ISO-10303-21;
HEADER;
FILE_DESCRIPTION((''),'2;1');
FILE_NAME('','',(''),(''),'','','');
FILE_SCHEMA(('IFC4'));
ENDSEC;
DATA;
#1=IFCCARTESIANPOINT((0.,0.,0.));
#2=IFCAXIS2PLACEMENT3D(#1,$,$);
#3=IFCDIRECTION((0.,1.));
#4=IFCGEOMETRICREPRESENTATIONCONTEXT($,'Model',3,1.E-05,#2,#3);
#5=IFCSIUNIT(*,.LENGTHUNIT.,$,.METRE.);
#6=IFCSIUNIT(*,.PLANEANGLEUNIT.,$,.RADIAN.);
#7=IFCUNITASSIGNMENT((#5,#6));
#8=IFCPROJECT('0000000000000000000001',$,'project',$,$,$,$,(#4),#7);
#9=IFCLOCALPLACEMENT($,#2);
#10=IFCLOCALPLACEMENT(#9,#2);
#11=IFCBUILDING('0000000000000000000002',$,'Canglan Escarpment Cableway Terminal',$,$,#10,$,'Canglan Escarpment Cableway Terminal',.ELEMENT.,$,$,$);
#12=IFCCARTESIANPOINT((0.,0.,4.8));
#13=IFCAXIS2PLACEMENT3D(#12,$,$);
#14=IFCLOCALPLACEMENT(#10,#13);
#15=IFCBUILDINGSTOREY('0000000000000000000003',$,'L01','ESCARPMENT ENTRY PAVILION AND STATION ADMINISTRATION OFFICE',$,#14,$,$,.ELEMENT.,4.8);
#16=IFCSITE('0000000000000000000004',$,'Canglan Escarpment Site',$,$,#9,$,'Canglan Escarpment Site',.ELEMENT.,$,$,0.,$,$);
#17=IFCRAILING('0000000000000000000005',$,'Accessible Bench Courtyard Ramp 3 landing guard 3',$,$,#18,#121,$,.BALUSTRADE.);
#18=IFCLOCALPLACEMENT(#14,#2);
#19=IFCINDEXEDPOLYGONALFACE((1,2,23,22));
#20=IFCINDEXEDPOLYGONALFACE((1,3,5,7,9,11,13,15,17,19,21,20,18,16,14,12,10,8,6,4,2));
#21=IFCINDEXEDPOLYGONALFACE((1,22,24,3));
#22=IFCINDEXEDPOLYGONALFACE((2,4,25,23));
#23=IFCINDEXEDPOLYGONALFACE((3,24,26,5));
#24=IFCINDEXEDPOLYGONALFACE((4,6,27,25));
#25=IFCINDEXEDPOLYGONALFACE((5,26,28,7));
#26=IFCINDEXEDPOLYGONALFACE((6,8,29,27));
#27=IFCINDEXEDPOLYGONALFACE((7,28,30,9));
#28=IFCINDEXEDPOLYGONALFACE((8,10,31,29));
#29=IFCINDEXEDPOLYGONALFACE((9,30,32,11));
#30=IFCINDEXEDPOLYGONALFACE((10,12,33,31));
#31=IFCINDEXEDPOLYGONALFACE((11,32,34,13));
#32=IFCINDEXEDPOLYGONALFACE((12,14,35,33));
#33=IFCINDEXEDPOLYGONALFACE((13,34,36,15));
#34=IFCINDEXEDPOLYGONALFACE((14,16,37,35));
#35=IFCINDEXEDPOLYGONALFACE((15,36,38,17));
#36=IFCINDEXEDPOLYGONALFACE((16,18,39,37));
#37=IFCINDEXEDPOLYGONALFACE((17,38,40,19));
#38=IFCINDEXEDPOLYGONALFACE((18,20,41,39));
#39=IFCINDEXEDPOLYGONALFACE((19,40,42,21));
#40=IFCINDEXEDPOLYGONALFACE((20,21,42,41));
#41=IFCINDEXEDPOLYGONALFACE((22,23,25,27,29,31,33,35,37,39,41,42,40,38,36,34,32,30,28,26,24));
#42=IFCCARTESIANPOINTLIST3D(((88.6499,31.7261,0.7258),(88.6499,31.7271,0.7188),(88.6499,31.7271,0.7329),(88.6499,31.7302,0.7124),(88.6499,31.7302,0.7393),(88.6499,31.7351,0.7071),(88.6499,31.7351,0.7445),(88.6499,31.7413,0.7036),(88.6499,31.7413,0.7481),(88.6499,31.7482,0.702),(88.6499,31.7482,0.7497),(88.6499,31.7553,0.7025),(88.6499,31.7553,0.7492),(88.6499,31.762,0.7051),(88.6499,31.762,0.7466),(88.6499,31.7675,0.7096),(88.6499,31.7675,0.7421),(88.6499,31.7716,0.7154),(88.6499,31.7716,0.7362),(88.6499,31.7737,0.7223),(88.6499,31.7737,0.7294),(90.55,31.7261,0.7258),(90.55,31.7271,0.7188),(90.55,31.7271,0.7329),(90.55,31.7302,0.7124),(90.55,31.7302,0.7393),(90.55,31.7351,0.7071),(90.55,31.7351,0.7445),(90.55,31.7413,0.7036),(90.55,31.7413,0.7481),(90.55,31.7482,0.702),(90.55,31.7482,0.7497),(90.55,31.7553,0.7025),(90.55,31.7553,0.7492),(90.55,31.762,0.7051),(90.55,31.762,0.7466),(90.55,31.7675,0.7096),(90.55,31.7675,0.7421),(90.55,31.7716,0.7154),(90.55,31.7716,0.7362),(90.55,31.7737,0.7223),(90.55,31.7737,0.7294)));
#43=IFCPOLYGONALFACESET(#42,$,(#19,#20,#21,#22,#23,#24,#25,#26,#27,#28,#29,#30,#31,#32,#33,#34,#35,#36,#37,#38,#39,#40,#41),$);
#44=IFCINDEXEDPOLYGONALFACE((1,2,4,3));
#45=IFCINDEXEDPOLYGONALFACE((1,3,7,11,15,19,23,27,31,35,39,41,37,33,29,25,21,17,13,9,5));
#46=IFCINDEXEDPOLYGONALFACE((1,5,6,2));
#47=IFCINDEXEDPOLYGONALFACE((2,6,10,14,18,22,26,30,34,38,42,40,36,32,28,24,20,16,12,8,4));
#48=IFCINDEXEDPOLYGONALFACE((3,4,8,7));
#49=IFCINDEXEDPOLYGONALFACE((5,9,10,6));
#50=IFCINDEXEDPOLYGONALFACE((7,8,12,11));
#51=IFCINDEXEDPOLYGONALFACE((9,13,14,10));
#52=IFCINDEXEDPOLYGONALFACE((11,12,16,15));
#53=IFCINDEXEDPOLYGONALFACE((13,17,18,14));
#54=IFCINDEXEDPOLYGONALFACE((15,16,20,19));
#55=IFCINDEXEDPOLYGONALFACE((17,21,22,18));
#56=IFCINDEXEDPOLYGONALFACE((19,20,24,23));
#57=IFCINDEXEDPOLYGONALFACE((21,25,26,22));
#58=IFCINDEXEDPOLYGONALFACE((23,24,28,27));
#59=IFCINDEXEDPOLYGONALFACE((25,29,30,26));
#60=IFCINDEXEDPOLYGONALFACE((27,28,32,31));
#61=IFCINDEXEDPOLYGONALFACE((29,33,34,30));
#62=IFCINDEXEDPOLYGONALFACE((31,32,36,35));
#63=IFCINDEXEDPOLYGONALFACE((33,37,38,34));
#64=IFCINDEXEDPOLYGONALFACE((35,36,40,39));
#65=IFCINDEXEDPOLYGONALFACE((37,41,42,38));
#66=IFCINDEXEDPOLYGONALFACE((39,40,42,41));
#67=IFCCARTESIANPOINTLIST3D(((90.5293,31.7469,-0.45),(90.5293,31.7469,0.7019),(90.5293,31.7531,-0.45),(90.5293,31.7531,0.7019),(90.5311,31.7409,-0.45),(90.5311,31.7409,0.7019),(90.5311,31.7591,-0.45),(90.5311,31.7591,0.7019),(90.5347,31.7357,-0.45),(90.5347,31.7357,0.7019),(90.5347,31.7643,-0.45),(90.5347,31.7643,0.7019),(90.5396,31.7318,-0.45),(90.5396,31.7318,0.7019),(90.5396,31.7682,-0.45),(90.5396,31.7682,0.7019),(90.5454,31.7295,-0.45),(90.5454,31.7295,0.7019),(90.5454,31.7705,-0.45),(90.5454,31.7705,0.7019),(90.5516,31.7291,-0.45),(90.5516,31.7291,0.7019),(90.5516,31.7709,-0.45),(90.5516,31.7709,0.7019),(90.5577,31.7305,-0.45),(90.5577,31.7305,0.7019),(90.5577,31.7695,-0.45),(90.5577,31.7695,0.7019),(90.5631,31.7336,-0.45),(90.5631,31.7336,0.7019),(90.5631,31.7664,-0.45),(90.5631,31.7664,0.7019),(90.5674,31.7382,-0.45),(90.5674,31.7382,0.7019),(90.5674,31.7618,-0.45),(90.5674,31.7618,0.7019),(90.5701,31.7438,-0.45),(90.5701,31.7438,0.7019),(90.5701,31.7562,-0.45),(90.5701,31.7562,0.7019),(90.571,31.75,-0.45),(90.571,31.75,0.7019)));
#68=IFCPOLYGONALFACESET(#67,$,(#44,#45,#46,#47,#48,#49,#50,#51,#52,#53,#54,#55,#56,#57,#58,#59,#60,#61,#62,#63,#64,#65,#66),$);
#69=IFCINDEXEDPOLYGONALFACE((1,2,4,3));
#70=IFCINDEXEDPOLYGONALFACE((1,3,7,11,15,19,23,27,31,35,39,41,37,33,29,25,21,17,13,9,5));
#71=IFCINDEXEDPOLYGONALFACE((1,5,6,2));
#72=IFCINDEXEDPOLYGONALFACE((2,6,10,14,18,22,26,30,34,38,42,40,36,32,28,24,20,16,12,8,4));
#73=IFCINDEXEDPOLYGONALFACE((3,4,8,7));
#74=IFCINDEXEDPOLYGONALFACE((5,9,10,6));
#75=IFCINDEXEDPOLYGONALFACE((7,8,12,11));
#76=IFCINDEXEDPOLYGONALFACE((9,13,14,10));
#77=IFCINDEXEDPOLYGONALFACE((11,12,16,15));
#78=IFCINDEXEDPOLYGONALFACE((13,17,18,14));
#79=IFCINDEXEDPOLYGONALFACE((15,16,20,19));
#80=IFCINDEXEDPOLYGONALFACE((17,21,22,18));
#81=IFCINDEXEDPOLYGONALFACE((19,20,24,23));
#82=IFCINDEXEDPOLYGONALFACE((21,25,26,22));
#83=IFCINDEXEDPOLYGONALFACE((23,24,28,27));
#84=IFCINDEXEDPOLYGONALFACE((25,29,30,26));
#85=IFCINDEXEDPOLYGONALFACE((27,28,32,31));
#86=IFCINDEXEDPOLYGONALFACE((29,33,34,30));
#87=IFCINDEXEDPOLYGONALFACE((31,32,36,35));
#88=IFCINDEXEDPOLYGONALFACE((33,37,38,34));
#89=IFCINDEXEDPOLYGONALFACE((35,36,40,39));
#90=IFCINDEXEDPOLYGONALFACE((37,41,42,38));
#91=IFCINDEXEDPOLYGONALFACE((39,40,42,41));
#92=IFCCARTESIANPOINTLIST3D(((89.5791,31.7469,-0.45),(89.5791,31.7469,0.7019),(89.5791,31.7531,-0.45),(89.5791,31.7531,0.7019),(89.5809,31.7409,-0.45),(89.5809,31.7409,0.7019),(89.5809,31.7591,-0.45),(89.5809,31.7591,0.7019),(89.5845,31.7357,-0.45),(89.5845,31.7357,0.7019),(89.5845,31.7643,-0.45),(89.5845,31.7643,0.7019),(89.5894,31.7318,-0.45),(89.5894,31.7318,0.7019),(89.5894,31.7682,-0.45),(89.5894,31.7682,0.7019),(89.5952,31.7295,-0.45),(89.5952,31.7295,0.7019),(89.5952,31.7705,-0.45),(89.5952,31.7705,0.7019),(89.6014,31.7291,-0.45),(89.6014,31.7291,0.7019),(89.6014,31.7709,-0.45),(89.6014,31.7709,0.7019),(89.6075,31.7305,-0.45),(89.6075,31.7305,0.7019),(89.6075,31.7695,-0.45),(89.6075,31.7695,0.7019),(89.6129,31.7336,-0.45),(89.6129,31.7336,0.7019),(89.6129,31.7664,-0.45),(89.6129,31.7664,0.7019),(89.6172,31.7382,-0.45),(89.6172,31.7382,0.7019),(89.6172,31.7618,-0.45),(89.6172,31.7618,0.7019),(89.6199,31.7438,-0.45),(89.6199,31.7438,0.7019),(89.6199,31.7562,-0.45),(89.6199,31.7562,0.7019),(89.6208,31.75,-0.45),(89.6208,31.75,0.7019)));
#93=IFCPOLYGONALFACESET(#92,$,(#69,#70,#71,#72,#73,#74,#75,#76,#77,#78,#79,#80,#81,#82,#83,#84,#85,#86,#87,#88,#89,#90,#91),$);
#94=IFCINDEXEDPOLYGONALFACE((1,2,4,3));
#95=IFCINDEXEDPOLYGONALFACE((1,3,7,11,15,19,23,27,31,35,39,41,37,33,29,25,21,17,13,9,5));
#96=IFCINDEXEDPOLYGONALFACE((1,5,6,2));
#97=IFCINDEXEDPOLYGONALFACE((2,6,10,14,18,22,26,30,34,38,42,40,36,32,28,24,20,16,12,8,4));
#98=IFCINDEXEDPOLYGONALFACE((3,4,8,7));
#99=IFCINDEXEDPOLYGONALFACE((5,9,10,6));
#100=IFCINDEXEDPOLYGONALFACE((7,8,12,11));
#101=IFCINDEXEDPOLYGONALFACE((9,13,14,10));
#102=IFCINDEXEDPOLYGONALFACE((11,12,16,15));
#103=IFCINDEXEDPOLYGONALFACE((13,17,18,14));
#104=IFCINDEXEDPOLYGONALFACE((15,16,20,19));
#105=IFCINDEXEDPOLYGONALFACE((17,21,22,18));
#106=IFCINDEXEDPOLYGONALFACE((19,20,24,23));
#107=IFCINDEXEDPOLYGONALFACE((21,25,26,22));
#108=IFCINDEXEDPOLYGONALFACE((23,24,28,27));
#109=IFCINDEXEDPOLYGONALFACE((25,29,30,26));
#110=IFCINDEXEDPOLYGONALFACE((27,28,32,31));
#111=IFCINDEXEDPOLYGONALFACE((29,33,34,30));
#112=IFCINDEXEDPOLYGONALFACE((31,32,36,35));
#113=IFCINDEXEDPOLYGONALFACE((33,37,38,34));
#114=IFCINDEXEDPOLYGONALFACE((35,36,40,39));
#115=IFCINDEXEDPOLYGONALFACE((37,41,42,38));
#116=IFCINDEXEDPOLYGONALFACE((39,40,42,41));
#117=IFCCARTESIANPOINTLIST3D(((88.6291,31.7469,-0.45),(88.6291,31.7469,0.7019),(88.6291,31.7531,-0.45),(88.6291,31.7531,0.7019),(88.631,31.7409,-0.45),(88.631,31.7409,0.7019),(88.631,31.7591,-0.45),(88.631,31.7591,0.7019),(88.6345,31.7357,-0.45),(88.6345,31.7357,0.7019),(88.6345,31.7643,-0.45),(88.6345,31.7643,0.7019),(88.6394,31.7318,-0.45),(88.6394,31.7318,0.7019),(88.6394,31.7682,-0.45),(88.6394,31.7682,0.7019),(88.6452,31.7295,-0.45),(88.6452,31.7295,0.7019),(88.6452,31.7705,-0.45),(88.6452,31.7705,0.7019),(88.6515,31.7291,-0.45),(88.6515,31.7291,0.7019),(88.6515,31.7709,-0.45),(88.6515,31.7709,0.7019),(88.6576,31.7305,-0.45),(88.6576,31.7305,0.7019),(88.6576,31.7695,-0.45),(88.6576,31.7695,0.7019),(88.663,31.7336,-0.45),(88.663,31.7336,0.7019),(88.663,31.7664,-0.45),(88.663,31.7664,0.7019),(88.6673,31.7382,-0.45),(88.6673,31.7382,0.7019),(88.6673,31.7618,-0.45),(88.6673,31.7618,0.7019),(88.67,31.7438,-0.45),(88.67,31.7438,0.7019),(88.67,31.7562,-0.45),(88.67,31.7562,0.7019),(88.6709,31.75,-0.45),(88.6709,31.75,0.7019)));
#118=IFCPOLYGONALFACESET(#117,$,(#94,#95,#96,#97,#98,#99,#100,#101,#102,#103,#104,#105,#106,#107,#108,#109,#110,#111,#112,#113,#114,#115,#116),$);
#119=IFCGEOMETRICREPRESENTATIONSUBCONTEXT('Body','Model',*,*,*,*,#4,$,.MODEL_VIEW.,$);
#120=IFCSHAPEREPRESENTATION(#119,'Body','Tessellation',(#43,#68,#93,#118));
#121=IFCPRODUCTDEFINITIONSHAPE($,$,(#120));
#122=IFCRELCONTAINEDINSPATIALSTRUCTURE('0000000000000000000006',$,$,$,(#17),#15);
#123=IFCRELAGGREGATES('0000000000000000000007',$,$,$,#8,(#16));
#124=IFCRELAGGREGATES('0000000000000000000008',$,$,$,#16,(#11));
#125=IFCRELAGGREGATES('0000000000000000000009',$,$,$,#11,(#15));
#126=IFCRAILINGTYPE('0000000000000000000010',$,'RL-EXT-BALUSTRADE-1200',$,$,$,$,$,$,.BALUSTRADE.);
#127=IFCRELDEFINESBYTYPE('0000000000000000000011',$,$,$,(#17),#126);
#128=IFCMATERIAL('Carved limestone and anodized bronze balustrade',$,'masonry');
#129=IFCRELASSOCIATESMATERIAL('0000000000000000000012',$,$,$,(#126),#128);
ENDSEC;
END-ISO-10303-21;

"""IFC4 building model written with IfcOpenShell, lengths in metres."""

from ifc_helpers import new_model, si_unit, direction, frame, origin, origin_2d, place, context, subcontext, project, spatial, circle, extrude, material, type_object, element, save


model = new_model("IFC4")

# Units and contexts
model_context = context("Model", 3, precision=1e-05, world=origin(), true_north=direction((0.0, 1.0)))
body_context = subcontext(model_context, "Body", "Model", "MODEL_VIEW")
ifc_project = project(units=[si_unit("LENGTHUNIT", "METRE"), si_unit("PLANEANGLEUNIT", "RADIAN")], contexts=[model_context])

# Site, building, storey
site_placement = place(None, origin())
site = spatial("IfcSite", under=ifc_project, at=site_placement, Name="Canglan Escarpment Site", LongName="Canglan Escarpment Site", CompositionType="ELEMENT", RefElevation=0.0)
building_placement = place(site_placement, origin())
building = spatial("IfcBuilding", under=site, at=building_placement, Name="Canglan Escarpment Cableway Terminal", LongName="Canglan Escarpment Cableway Terminal", CompositionType="ELEMENT")
storey_placement = place(building_placement, frame((0.0, 0.0, 4.8)))
storey = spatial("IfcBuildingStorey", under=building, at=storey_placement, Name="L01", Description="ESCARPMENT ENTRY PAVILION AND STATION ADMINISTRATION OFFICE", CompositionType="ELEMENT", Elevation=4.8)

# Railing
ifc_material_1 = material(Name="Carved limestone and anodized bronze balustrade", Category="masonry")
railing_type_1 = type_object("IfcRailingType", Name="RL-EXT-BALUSTRADE-1200", PredefinedType="BALUSTRADE", material=ifc_material_1)
railing_1_placement = place(storey_placement, frame((90.55, 31.75, -0.45)))
element("IfcRailing", 1, at=railing_1_placement, inside=storey, type_object=railing_type_1, Name="Accessible Bench Courtyard Ramp 3 landing guard 3", PredefinedType="BALUSTRADE", context=body_context, shape_type="SweptSolid", body=[
    extrude(circle(Radius=0.0239, at=origin_2d()), frame((0.0, 0.0, 1.1758), z_axis=(-1.0, 0.0, 0.0), x_axis=(0.0, -1.0, 0.0)), (0.0, 0.0, 1.0), 1.9001),
    extrude(circle(Radius=0.021, at=origin_2d()), origin(), (0.0, 0.0, 1.0), 1.1519),
    extrude(circle(Radius=0.021, at=origin_2d()), frame((-0.9502, 0.0, 0.0)), (0.0, 0.0, 1.0), 1.1519),
    extrude(circle(Radius=0.021, at=origin_2d()), frame((-1.9001, 0.0, 0.0)), (0.0, 0.0, 1.0), 1.1519),
])

save(model, "model.ifc")
